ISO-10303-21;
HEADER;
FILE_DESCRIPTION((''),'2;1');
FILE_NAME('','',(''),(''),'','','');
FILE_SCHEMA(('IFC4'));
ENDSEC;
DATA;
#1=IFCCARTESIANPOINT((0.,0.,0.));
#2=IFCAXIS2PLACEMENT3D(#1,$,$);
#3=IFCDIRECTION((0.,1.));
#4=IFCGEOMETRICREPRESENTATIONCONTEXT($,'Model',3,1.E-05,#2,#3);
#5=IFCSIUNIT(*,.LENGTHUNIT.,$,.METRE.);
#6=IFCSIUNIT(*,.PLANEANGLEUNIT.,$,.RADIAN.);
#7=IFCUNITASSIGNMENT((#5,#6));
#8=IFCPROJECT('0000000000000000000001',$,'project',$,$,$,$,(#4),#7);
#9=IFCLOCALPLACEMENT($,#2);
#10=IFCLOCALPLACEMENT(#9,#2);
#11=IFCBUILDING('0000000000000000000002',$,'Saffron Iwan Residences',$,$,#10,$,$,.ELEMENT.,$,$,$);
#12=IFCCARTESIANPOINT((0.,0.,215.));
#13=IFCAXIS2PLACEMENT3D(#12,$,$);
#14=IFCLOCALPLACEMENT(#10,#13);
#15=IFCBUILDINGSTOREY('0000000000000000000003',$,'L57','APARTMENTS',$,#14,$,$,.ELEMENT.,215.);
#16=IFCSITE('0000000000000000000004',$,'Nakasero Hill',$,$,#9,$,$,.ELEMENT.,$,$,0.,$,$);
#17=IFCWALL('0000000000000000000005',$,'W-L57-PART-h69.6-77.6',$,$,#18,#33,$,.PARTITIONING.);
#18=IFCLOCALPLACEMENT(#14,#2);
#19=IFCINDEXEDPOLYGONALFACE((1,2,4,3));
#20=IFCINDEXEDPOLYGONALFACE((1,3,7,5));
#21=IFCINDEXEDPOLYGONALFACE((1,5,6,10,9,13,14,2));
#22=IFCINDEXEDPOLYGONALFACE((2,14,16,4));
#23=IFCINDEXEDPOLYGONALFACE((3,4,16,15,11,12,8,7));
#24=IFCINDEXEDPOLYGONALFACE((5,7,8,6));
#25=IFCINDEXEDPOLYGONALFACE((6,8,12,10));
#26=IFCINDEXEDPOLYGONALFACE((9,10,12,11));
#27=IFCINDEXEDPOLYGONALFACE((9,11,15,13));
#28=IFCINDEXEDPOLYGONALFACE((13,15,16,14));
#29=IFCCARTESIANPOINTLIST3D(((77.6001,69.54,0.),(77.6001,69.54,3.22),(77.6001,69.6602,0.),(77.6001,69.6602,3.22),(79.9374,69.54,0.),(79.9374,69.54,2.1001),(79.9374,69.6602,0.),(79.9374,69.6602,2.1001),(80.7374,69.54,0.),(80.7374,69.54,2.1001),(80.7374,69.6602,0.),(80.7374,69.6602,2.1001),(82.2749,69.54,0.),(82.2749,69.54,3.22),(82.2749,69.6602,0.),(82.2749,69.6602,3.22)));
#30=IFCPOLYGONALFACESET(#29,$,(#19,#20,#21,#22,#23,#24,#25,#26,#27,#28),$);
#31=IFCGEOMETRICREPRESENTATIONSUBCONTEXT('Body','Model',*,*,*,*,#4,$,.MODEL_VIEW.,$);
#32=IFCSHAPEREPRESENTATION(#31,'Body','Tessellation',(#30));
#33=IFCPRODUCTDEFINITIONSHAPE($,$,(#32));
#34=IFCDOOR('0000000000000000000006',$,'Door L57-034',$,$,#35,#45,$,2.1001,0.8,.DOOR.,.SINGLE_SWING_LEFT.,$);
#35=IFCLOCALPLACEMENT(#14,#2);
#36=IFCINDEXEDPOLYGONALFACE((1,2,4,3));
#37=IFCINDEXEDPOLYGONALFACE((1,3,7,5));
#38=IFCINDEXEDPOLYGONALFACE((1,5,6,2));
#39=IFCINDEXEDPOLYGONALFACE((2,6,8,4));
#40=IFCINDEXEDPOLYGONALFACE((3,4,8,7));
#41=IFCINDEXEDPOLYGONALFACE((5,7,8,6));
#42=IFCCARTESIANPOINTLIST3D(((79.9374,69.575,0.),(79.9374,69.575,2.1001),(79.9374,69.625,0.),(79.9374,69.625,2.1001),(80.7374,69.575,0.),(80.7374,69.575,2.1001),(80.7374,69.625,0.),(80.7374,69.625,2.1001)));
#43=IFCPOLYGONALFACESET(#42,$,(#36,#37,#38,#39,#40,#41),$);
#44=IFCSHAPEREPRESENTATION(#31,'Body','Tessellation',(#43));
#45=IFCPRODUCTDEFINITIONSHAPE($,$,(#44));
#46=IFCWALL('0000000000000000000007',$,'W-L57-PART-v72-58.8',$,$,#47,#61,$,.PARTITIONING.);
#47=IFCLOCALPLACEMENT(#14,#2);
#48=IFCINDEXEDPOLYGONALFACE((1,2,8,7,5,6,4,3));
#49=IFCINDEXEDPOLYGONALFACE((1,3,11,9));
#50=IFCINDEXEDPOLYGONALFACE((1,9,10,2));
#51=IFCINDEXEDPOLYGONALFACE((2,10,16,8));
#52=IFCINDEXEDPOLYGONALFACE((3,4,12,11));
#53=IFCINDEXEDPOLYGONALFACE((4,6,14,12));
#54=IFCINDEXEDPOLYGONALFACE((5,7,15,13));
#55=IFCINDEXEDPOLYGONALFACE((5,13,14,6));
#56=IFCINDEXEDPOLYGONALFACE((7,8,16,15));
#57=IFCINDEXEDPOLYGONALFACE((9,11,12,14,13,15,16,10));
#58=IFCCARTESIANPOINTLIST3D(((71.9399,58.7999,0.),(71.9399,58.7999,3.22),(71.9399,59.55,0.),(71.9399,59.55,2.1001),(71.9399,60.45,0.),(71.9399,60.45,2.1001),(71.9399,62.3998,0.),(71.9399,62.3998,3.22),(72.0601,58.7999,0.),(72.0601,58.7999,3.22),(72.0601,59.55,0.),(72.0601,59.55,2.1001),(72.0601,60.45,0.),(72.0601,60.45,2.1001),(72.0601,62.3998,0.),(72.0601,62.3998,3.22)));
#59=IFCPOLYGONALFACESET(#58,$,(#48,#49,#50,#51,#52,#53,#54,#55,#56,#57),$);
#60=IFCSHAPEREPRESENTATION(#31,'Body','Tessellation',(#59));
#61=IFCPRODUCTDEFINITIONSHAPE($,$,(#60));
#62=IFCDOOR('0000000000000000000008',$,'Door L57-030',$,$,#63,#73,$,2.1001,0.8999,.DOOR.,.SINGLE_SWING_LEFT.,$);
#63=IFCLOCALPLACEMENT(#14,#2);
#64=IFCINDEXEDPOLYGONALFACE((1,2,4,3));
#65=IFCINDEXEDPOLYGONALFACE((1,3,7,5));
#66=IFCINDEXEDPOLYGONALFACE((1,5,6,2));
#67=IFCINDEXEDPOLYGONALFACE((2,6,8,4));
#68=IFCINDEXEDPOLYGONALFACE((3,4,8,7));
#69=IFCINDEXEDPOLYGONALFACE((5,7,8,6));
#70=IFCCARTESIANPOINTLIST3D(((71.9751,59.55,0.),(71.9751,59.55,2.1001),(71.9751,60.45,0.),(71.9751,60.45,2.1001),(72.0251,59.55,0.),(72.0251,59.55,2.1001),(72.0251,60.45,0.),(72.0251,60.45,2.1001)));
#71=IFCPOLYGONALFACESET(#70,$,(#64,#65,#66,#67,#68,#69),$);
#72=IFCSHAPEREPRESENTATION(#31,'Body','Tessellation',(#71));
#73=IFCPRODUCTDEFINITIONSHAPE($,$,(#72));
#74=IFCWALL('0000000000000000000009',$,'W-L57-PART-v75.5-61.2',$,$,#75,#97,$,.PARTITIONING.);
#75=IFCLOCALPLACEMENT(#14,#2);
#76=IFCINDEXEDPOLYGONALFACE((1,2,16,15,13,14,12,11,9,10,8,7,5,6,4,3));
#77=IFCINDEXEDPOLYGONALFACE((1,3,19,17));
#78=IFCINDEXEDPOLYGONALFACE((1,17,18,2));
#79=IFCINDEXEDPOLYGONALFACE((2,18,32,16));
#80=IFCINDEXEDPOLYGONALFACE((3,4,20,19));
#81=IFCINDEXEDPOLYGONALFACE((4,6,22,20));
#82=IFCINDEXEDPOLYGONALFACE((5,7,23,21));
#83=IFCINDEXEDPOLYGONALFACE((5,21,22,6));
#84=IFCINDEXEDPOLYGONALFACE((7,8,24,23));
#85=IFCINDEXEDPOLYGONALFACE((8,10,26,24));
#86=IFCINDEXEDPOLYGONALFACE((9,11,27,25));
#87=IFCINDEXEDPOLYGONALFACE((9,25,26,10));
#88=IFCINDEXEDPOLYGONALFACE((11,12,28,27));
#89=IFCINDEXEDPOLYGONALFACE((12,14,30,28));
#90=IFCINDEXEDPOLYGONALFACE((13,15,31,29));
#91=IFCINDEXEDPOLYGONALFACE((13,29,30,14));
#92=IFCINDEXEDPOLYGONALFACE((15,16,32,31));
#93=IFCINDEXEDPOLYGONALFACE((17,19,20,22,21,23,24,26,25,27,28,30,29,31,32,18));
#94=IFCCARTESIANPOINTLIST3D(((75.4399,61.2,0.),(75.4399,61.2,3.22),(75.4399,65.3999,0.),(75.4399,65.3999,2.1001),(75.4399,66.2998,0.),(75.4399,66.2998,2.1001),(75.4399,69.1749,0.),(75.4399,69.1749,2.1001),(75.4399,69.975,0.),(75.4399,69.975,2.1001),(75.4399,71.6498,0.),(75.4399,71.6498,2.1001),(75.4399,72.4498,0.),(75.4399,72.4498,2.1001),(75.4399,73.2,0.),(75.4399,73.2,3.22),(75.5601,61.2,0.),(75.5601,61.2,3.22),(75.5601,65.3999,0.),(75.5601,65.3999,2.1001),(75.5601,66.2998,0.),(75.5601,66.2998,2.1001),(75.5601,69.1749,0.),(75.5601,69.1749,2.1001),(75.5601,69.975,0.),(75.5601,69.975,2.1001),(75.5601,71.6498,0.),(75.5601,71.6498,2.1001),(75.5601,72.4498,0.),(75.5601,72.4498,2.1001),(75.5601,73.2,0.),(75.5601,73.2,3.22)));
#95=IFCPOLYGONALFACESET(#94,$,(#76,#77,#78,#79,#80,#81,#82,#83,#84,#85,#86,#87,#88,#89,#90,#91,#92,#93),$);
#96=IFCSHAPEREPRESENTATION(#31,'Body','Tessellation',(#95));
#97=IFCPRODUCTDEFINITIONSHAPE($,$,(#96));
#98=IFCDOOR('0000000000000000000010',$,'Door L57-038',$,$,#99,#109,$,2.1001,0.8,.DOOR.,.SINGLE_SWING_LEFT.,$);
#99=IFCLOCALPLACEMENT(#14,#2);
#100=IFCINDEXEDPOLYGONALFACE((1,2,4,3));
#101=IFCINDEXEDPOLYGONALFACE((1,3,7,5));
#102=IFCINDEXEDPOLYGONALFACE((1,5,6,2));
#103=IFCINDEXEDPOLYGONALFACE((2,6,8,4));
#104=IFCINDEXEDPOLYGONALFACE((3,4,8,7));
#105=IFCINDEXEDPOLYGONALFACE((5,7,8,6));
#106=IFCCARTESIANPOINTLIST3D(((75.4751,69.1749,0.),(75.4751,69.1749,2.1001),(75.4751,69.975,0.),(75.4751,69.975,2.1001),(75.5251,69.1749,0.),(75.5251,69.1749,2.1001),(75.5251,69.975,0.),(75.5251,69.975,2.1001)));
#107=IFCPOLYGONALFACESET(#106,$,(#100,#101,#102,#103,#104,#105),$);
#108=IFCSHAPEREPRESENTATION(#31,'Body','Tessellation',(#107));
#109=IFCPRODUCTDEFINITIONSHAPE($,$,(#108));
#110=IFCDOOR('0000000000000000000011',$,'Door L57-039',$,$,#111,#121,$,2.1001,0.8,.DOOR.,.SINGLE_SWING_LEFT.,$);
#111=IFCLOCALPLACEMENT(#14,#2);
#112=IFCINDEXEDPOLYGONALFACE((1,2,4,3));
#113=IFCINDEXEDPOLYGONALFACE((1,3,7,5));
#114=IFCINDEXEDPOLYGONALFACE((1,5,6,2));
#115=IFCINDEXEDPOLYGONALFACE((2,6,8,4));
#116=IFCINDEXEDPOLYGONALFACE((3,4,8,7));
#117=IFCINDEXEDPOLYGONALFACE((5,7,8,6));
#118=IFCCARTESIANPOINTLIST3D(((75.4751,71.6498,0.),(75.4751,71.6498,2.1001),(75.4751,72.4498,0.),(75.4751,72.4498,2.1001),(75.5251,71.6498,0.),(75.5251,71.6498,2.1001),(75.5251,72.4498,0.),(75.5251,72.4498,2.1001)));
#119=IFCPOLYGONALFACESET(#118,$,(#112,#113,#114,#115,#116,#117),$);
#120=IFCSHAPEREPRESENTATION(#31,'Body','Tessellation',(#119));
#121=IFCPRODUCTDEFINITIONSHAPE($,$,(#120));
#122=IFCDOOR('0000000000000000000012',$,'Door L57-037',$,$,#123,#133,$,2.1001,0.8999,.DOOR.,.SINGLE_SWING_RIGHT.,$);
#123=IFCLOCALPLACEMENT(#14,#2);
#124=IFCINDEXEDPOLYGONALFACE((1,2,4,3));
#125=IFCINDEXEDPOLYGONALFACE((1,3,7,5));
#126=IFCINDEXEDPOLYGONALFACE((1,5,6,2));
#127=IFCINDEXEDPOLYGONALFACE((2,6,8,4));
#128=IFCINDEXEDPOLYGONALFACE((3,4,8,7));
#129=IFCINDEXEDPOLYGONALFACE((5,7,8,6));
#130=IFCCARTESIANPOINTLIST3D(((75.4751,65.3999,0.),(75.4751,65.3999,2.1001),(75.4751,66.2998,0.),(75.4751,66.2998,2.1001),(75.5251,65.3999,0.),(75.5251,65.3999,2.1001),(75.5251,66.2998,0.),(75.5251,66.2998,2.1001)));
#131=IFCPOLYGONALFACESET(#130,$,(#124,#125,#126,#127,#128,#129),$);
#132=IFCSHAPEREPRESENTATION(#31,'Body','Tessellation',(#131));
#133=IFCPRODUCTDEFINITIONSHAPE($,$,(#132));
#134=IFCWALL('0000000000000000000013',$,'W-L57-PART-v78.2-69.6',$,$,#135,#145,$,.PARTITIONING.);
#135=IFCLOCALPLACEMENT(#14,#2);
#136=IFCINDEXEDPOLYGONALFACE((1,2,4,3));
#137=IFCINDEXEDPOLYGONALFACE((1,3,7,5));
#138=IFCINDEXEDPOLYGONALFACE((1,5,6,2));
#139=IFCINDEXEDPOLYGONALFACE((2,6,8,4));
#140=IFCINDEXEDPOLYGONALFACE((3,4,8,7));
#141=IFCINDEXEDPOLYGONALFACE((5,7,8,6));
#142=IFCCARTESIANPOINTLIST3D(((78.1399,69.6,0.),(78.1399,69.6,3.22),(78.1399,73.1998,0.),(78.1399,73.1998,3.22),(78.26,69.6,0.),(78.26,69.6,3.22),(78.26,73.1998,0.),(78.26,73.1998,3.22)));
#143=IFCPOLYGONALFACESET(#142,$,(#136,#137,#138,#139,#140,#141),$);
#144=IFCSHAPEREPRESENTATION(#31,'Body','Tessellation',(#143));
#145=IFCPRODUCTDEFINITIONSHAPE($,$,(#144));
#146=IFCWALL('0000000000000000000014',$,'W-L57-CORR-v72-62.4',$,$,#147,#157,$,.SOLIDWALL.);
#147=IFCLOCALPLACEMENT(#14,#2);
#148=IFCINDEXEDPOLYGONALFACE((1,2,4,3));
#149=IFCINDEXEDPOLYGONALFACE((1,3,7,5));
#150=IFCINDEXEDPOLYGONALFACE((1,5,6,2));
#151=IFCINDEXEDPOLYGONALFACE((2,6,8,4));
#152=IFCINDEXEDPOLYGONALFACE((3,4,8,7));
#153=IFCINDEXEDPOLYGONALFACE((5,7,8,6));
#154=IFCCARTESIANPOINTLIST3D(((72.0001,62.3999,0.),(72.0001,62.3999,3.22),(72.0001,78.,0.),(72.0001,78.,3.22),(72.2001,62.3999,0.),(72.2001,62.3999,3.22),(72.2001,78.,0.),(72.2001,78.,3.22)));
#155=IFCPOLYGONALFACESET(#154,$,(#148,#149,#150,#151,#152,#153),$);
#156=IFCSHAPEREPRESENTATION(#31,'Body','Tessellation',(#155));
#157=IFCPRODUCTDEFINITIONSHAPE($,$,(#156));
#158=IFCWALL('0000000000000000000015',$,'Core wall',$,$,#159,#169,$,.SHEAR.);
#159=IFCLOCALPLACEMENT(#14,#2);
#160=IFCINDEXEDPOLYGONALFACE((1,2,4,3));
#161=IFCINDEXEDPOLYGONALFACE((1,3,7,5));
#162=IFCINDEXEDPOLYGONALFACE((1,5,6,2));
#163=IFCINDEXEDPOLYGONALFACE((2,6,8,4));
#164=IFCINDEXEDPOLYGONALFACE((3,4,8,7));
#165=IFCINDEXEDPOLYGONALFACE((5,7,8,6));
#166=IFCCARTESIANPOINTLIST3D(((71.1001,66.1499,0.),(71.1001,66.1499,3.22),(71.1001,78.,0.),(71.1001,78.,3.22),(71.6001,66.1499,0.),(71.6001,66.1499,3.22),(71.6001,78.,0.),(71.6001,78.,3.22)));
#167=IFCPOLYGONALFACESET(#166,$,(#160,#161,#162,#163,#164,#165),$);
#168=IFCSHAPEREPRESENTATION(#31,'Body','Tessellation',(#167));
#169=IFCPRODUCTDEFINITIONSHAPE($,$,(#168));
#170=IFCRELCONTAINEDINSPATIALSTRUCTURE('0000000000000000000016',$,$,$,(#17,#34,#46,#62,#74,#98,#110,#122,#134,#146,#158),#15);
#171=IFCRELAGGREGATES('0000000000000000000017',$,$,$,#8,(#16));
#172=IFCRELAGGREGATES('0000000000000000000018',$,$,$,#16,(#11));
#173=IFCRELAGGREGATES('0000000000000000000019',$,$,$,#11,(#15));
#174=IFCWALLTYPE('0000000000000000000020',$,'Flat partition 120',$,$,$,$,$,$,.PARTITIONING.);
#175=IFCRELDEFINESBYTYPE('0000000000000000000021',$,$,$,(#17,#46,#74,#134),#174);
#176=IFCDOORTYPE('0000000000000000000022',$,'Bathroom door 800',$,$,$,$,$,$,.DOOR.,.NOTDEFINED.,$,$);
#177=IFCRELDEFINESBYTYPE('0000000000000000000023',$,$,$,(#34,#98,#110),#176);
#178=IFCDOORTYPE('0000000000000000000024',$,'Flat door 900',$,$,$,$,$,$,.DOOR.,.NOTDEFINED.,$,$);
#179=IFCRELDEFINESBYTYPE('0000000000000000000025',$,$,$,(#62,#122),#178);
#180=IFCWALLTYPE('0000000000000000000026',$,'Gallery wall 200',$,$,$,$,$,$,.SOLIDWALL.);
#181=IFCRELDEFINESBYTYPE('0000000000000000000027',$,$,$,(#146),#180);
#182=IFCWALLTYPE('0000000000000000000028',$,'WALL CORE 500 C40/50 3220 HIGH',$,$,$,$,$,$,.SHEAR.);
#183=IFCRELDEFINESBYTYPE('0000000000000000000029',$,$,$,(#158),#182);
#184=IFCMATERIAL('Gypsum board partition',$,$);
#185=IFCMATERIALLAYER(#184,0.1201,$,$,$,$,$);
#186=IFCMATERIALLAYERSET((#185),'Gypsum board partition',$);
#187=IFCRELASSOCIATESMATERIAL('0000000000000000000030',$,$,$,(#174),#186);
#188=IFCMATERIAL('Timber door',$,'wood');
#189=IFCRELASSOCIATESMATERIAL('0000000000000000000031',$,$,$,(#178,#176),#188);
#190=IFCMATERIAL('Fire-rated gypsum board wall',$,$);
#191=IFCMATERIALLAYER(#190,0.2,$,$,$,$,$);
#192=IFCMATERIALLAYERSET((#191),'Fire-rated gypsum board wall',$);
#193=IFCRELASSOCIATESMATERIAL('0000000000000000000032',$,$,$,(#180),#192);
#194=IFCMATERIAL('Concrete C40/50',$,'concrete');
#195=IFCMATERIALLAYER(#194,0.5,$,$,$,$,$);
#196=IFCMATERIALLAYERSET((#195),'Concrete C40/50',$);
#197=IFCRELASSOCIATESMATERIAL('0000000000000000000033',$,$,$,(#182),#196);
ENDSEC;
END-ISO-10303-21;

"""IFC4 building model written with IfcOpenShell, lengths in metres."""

from ifc_helpers import new_model, si_unit, direction, frame, frame_2d, origin, place, context, subcontext, project, spatial, rectangle, extrude, material, layer, layer_set, type_object, element, fill, save


model = new_model("IFC4")

# Units and contexts
model_context = context("Model", 3, precision=1e-05, world=origin(), true_north=direction((0.0, 1.0)))
body_context = subcontext(model_context, "Body", "Model", "MODEL_VIEW")
ifc_project = project(units=[si_unit("LENGTHUNIT", "METRE"), si_unit("PLANEANGLEUNIT", "RADIAN")], contexts=[model_context])

# Site, building, storey
site_placement = place(None, origin())
site = spatial("IfcSite", under=ifc_project, at=site_placement, Name="Nakasero Hill", CompositionType="ELEMENT", RefElevation=0.0)
building_placement = place(site_placement, origin())
building = spatial("IfcBuilding", under=site, at=building_placement, Name="Saffron Iwan Residences", CompositionType="ELEMENT")
storey_placement = place(building_placement, frame((0.0, 0.0, 215.0)))
storey = spatial("IfcBuildingStorey", under=building, at=storey_placement, Name="L57", Description="APARTMENTS", CompositionType="ELEMENT", Elevation=215.0)

# Shared definitions
ifc_material_1 = material(Name="Concrete C40/50", Category="concrete")

# Shared definitions
ifc_material_2 = material(Name="Fire-rated gypsum board wall")
ifc_material_3 = material(Name="Gypsum board partition")
ifc_layer_1 = layer(ifc_material_3, 0.1201)
ifc_layer_set_1 = layer_set([ifc_layer_1], Name="Gypsum board partition")
wall_type_1 = type_object("IfcWallType", Name="Flat partition 120", PredefinedType="PARTITIONING", material=ifc_layer_set_1)

# Shared definitions
ifc_material_4 = material(Name="Timber door", Category="wood")
door_type_1 = type_object("IfcDoorType", Name="Flat door 900", OperationType="NOTDEFINED", PredefinedType="DOOR", material=ifc_material_4)

# Walls, openings, doors
wall_1_placement = place(storey_placement, frame((77.6001, 69.6001, 0.0), z_axis=(0.0, 0.0, 1.0), x_axis=(1.0, 0.0, 0.0)))
wall_1 = element("IfcWall", 1, at=wall_1_placement, inside=storey, type_object=wall_type_1, Name="W-L57-PART-h69.6-77.6", PredefinedType="PARTITIONING", context=body_context, shape_type="SweptSolid", body=[
    extrude(rectangle(XDim=4.6748, YDim=0.1201, at=frame_2d((2.3374, 0.0))), origin(), (0.0, 0.0, 1.0), 3.22),
])
opening_1_placement = place(wall_1_placement, frame((2.3374, 0.0, 0.0)))
opening_1 = element("IfcOpeningElement", 2, at=opening_1_placement, cuts=wall_1, PredefinedType="OPENING", context=body_context, shape_type="SweptSolid", body=[
    extrude(rectangle(XDim=0.8, YDim=2.1001, at=frame_2d((0.3999, 1.05))), frame((0.0, 0.0701, 0.0), z_axis=(0.0, -1.0, 0.0), x_axis=(1.0, 0.0, 0.0)), (0.0, 0.0, 1.0), 0.1401),
])
door_type_2 = type_object("IfcDoorType", Name="Bathroom door 800", OperationType="NOTDEFINED", PredefinedType="DOOR", material=ifc_material_4)
door_1_placement = place(opening_1_placement, origin())
door_1 = element("IfcDoor", 3, at=door_1_placement, inside=storey, type_object=door_type_2, Name="Door L57-034", OperationType="SINGLE_SWING_LEFT", OverallHeight=2.1001, OverallWidth=0.8, PredefinedType="DOOR", context=body_context, shape_type="SweptSolid", body=[
    extrude(rectangle(XDim=0.8, YDim=2.1001, at=frame_2d((0.3999, 1.05))), frame((0.0, 0.0249, 0.0), z_axis=(0.0, -1.0, 0.0), x_axis=(1.0, 0.0, 0.0)), (0.0, 0.0, 1.0), 0.05),
])
fill(opening_1, door_1)
wall_2_placement = place(storey_placement, frame((72.0, 58.8, 0.0), z_axis=(0.0, 0.0, 1.0), x_axis=(0.0, 1.0, 0.0)))
wall_2 = element("IfcWall", 4, at=wall_2_placement, inside=storey, type_object=wall_type_1, Name="W-L57-PART-v72-58.8", PredefinedType="PARTITIONING", context=body_context, shape_type="SweptSolid", body=[
    extrude(rectangle(XDim=3.5999, YDim=0.1201, at=frame_2d((1.7998, 0.0))), origin(), (0.0, 0.0, 1.0), 3.22),
])
opening_2_placement = place(wall_2_placement, frame((0.75, 0.0, 0.0)))
opening_2 = element("IfcOpeningElement", 5, at=opening_2_placement, cuts=wall_2, PredefinedType="OPENING", context=body_context, shape_type="SweptSolid", body=[
    extrude(rectangle(XDim=0.8999, YDim=2.1001, at=frame_2d((0.45, 1.05))), frame((0.0, 0.0701, 0.0), z_axis=(0.0, -1.0, 0.0), x_axis=(1.0, 0.0, 0.0)), (0.0, 0.0, 1.0), 0.1401),
])
door_2_placement = place(opening_2_placement, origin())
door_2 = element("IfcDoor", 6, at=door_2_placement, inside=storey, type_object=door_type_1, Name="Door L57-030", OperationType="SINGLE_SWING_LEFT", OverallHeight=2.1001, OverallWidth=0.8999, PredefinedType="DOOR", context=body_context, shape_type="SweptSolid", body=[
    extrude(rectangle(XDim=0.8999, YDim=2.1001, at=frame_2d((0.45, 1.05))), frame((0.0, 0.0249, 0.0), z_axis=(0.0, -1.0, 0.0), x_axis=(1.0, 0.0, 0.0)), (0.0, 0.0, 1.0), 0.05),
])
fill(opening_2, door_2)

# Wall, openings, doors
wall_3_placement = place(storey_placement, frame((75.5, 61.2, 0.0), z_axis=(0.0, 0.0, 1.0), x_axis=(0.0, 1.0, 0.0)))
wall_3 = element("IfcWall", 7, at=wall_3_placement, inside=storey, type_object=wall_type_1, Name="W-L57-PART-v75.5-61.2", PredefinedType="PARTITIONING", context=body_context, shape_type="SweptSolid", body=[
    extrude(rectangle(XDim=12.0, YDim=0.1201, at=frame_2d((6.0, 0.0))), origin(), (0.0, 0.0, 1.0), 3.22),
])
opening_3_placement = place(wall_3_placement, frame((4.2, 0.0, 0.0)))
opening_3 = element("IfcOpeningElement", 8, at=opening_3_placement, cuts=wall_3, PredefinedType="OPENING", context=body_context, shape_type="SweptSolid", body=[
    extrude(rectangle(XDim=0.8999, YDim=2.1001, at=frame_2d((0.45, 1.05))), frame((0.0, 0.0701, 0.0), z_axis=(0.0, -1.0, 0.0), x_axis=(1.0, 0.0, 0.0)), (0.0, 0.0, 1.0), 0.1401),
])
opening_4_placement = place(wall_3_placement, frame((7.9751, 0.0, 0.0)))
opening_4 = element("IfcOpeningElement", 9, at=opening_4_placement, cuts=wall_3, PredefinedType="OPENING", context=body_context, shape_type="SweptSolid", body=[
    extrude(rectangle(XDim=0.8, YDim=2.1001, at=frame_2d((0.3999, 1.05))), frame((0.0, 0.0701, 0.0), z_axis=(0.0, -1.0, 0.0), x_axis=(1.0, 0.0, 0.0)), (0.0, 0.0, 1.0), 0.1401),
])
opening_5_placement = place(wall_3_placement, frame((10.45, 0.0, 0.0)))
opening_5 = element("IfcOpeningElement", 10, at=opening_5_placement, cuts=wall_3, PredefinedType="OPENING", context=body_context, shape_type="SweptSolid", body=[
    extrude(rectangle(XDim=0.8, YDim=2.1001, at=frame_2d((0.3999, 1.05))), frame((0.0, 0.0701, 0.0), z_axis=(0.0, -1.0, 0.0), x_axis=(1.0, 0.0, 0.0)), (0.0, 0.0, 1.0), 0.1401),
])
door_3_placement = place(opening_4_placement, origin())
door_3 = element("IfcDoor", 11, at=door_3_placement, inside=storey, type_object=door_type_2, Name="Door L57-038", OperationType="SINGLE_SWING_LEFT", OverallHeight=2.1001, OverallWidth=0.8, PredefinedType="DOOR", context=body_context, shape_type="SweptSolid", body=[
    extrude(rectangle(XDim=0.8, YDim=2.1001, at=frame_2d((0.3999, 1.05))), frame((0.0, 0.0249, 0.0), z_axis=(0.0, -1.0, 0.0), x_axis=(1.0, 0.0, 0.0)), (0.0, 0.0, 1.0), 0.05),
])
fill(opening_4, door_3)
door_4_placement = place(opening_5_placement, origin())
door_4 = element("IfcDoor", 12, at=door_4_placement, inside=storey, type_object=door_type_2, Name="Door L57-039", OperationType="SINGLE_SWING_LEFT", OverallHeight=2.1001, OverallWidth=0.8, PredefinedType="DOOR", context=body_context, shape_type="SweptSolid", body=[
    extrude(rectangle(XDim=0.8, YDim=2.1001, at=frame_2d((0.3999, 1.05))), frame((0.0, 0.0249, 0.0), z_axis=(0.0, -1.0, 0.0), x_axis=(1.0, 0.0, 0.0)), (0.0, 0.0, 1.0), 0.05),
])
fill(opening_5, door_4)
door_5_placement = place(opening_3_placement, origin())
door_5 = element("IfcDoor", 13, at=door_5_placement, inside=storey, type_object=door_type_1, Name="Door L57-037", OperationType="SINGLE_SWING_RIGHT", OverallHeight=2.1001, OverallWidth=0.8999, PredefinedType="DOOR", context=body_context, shape_type="SweptSolid", body=[
    extrude(rectangle(XDim=0.8999, YDim=2.1001, at=frame_2d((0.45, 1.05))), frame((0.0, 0.0249, 0.0), z_axis=(0.0, -1.0, 0.0), x_axis=(1.0, 0.0, 0.0)), (0.0, 0.0, 1.0), 0.05),
])
fill(opening_3, door_5)

# Walls
wall_4_placement = place(storey_placement, frame((78.2, 69.6001, 0.0), z_axis=(0.0, 0.0, 1.0), x_axis=(0.0, 1.0, 0.0)))
element("IfcWall", 14, at=wall_4_placement, inside=storey, type_object=wall_type_1, Name="W-L57-PART-v78.2-69.6", PredefinedType="PARTITIONING", context=body_context, shape_type="SweptSolid", body=[
    extrude(rectangle(XDim=3.5999, YDim=0.1201, at=frame_2d((1.7998, 0.0))), origin(), (0.0, 0.0, 1.0), 3.22),
])
ifc_layer_2 = layer(ifc_material_2, 0.2)
ifc_layer_set_2 = layer_set([ifc_layer_2], Name="Fire-rated gypsum board wall")
wall_type_2 = type_object("IfcWallType", Name="Gallery wall 200", PredefinedType="SOLIDWALL", material=ifc_layer_set_2)
wall_5_placement = place(storey_placement, frame((72.1001, 62.3999, 0.0), z_axis=(0.0, 0.0, 1.0), x_axis=(0.0, 1.0, 0.0)))
element("IfcWall", 15, at=wall_5_placement, inside=storey, type_object=wall_type_2, Name="W-L57-CORR-v72-62.4", PredefinedType="SOLIDWALL", context=body_context, shape_type="SweptSolid", body=[
    extrude(rectangle(XDim=15.6001, YDim=0.2, at=frame_2d((7.8, 0.0))), origin(), (0.0, 0.0, 1.0), 3.22),
])
ifc_layer_3 = layer(ifc_material_1, 0.5)
ifc_layer_set_3 = layer_set([ifc_layer_3], Name="Concrete C40/50")
wall_type_3 = type_object("IfcWallType", Name="WALL CORE 500 C40/50 3220 HIGH", PredefinedType="SHEAR", material=ifc_layer_set_3)
wall_6_placement = place(storey_placement, frame((71.3501, 66.1499, 0.0), z_axis=(0.0, 0.0, 1.0), x_axis=(0.0, 1.0, 0.0)))
element("IfcWall", 16, at=wall_6_placement, inside=storey, type_object=wall_type_3, Name="Core wall", PredefinedType="SHEAR", context=body_context, shape_type="SweptSolid", body=[
    extrude(rectangle(XDim=11.8501, YDim=0.5, at=frame_2d((5.925, 0.0))), origin(), (0.0, 0.0, 1.0), 3.22),
])

save(model, "model.ifc")
